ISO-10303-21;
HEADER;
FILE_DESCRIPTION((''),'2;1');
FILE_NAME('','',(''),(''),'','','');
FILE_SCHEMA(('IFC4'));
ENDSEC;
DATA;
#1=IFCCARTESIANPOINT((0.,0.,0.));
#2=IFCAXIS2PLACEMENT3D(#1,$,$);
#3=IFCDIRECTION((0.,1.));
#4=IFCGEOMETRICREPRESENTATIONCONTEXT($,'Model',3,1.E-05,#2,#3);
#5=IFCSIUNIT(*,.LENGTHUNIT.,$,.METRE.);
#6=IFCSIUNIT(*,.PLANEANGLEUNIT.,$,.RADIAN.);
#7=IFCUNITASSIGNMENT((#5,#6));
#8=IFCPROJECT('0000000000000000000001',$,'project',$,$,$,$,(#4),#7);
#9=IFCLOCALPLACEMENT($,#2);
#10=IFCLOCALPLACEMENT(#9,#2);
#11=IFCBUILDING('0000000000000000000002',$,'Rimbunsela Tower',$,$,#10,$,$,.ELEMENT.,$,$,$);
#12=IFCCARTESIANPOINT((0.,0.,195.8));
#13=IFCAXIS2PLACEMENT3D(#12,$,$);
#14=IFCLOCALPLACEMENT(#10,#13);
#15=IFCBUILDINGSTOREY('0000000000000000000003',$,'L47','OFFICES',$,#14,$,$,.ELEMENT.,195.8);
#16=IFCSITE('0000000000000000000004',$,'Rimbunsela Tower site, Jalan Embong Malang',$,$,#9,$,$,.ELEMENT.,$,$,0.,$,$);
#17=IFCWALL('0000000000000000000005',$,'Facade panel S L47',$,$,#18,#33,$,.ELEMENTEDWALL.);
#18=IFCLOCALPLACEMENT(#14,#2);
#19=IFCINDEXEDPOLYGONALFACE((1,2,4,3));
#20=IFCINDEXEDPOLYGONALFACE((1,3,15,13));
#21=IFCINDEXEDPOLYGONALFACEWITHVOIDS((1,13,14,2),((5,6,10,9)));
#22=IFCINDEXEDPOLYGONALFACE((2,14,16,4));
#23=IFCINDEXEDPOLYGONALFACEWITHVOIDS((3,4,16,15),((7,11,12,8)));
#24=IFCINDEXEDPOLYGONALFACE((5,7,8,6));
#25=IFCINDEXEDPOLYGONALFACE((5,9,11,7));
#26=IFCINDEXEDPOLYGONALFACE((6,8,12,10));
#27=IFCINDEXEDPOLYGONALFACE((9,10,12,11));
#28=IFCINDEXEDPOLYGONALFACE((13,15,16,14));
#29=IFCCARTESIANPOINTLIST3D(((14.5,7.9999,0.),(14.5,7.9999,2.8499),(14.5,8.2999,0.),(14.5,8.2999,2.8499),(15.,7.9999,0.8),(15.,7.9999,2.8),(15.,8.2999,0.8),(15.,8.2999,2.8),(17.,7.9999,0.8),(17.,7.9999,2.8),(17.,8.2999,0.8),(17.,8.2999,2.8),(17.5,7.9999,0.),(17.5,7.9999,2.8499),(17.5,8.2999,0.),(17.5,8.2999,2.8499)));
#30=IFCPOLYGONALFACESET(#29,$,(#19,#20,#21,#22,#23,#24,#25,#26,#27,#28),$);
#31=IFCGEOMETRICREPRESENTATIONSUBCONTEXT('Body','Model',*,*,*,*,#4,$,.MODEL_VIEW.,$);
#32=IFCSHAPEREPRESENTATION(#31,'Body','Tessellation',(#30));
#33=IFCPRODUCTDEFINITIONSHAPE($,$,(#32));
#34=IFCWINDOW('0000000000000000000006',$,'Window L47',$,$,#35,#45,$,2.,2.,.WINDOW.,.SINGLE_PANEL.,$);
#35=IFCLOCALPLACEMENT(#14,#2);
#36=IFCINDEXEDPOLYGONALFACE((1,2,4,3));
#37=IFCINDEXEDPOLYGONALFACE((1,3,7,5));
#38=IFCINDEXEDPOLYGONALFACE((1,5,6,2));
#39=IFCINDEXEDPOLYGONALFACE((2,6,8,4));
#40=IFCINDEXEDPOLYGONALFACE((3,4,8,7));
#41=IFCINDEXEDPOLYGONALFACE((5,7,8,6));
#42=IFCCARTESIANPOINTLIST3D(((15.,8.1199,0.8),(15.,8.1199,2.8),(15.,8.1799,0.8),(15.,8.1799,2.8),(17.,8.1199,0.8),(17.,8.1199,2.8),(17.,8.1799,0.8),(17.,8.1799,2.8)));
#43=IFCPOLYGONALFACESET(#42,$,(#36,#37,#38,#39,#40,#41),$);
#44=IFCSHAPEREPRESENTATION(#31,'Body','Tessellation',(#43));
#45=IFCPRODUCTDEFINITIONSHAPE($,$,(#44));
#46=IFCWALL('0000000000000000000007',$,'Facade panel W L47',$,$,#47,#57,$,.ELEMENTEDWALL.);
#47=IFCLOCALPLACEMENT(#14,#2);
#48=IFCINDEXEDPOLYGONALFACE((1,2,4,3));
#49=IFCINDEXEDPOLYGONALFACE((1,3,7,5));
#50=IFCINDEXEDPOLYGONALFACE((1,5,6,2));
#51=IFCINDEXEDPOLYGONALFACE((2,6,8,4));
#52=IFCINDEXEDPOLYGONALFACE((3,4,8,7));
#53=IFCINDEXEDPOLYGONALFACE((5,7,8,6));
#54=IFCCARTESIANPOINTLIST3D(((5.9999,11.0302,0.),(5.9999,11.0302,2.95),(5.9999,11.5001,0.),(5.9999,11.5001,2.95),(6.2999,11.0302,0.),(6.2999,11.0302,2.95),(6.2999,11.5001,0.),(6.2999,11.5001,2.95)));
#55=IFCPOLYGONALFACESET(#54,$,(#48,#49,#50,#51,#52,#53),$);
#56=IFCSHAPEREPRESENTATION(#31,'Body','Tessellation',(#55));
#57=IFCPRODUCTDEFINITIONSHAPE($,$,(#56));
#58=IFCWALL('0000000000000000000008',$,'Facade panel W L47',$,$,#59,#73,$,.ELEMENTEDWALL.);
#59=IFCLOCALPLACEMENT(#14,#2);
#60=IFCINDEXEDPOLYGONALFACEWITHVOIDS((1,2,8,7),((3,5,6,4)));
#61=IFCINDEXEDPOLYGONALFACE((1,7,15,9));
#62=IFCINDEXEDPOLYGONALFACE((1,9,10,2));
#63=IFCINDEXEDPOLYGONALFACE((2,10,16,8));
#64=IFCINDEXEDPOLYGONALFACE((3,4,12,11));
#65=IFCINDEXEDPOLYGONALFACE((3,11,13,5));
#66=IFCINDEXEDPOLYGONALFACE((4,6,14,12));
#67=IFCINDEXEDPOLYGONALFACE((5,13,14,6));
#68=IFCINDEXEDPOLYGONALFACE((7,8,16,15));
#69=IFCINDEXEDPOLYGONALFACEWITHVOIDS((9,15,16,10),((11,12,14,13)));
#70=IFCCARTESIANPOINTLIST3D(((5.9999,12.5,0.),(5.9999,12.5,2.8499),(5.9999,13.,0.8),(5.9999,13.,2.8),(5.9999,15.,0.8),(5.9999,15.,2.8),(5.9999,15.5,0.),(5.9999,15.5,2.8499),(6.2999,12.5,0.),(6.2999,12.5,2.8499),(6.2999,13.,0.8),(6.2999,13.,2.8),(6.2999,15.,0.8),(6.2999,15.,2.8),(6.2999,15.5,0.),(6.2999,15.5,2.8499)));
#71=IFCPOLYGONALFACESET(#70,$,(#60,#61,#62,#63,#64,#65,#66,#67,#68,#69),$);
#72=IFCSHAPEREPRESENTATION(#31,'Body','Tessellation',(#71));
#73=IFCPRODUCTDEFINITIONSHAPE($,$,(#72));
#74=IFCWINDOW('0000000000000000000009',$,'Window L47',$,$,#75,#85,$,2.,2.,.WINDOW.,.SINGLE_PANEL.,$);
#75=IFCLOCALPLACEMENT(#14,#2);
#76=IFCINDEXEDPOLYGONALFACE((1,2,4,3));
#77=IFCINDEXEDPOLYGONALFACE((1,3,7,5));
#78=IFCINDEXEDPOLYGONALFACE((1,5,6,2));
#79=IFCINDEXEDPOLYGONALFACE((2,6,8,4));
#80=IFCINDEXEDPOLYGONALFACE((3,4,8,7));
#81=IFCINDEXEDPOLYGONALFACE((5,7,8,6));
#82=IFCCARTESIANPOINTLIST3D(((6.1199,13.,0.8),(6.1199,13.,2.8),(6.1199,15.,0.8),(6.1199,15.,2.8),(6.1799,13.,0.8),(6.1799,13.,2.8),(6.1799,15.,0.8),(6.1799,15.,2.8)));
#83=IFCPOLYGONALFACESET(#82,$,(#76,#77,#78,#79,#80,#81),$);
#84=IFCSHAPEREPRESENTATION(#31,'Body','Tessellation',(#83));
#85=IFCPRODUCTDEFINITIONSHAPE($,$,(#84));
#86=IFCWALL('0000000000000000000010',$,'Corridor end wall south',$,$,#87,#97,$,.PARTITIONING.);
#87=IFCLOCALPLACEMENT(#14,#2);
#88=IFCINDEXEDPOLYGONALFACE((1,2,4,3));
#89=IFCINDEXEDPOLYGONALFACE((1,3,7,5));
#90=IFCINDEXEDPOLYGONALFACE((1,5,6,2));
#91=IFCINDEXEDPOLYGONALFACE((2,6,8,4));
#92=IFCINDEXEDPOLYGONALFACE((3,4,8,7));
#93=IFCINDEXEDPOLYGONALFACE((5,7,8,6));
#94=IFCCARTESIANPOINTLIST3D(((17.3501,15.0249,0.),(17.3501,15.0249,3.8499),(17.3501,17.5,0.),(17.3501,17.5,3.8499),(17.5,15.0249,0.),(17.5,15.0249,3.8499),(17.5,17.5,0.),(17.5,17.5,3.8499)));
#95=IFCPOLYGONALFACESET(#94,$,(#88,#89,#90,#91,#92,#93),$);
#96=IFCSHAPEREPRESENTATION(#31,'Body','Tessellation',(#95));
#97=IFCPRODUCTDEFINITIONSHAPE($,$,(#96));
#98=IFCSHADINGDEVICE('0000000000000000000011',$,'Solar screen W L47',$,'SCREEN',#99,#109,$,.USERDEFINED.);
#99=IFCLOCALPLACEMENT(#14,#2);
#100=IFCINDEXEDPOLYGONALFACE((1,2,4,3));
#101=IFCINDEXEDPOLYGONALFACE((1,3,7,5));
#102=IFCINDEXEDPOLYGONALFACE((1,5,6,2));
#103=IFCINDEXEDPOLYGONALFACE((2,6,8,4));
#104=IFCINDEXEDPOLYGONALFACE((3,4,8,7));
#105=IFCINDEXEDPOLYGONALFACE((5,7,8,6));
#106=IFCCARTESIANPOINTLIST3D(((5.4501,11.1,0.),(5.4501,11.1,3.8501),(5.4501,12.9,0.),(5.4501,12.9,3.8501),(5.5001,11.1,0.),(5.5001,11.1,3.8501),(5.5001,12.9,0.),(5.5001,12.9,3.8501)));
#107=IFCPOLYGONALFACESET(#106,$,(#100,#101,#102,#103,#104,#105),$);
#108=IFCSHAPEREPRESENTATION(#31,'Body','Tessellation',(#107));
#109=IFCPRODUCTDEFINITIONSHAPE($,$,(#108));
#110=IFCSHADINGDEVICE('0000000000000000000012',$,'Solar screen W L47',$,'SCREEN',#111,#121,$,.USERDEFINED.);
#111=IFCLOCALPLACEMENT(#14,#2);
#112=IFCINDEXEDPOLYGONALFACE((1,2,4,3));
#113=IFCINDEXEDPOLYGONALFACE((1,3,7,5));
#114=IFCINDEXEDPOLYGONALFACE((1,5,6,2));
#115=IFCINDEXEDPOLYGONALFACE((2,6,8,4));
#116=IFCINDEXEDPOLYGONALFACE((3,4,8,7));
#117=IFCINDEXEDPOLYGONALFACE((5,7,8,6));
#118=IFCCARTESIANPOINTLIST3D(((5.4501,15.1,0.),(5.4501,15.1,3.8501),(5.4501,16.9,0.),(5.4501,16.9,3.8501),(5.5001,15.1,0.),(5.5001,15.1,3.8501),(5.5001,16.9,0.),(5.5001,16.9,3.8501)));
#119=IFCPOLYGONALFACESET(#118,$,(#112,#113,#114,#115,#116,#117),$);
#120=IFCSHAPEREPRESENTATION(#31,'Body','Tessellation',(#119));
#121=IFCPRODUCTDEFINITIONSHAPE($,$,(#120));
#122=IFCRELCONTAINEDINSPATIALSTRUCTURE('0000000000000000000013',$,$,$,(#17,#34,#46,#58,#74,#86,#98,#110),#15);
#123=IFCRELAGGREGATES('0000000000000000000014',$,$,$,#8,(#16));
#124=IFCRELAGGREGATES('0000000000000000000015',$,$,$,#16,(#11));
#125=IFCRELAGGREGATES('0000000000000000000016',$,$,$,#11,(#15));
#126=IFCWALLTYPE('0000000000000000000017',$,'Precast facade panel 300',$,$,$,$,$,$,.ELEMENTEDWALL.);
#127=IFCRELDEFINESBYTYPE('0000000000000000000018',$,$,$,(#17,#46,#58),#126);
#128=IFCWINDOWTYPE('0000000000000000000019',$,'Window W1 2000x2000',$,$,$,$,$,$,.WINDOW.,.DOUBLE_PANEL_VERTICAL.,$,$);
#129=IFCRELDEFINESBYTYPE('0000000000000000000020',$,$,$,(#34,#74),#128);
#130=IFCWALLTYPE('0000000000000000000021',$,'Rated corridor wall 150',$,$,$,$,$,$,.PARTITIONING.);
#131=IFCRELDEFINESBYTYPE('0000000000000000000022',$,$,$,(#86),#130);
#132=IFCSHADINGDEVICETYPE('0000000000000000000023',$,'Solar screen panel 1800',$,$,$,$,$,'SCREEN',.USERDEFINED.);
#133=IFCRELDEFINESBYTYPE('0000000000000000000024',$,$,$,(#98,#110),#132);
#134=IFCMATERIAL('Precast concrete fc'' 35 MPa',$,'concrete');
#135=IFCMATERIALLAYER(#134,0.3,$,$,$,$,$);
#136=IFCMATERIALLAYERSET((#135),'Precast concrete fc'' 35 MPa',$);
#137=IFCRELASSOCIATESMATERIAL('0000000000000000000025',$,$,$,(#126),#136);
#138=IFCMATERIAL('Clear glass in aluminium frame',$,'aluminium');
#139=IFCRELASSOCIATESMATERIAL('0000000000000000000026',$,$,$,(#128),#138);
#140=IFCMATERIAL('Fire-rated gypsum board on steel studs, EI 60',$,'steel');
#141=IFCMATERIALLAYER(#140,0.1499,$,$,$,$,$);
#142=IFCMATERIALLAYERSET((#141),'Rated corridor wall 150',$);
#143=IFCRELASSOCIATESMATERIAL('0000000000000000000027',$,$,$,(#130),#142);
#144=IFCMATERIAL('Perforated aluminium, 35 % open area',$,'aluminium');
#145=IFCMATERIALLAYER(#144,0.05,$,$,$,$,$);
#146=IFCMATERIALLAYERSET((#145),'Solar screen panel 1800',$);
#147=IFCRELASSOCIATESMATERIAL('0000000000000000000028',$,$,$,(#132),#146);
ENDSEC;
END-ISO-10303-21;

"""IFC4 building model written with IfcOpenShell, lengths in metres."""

from ifc_helpers import new_model, si_unit, direction, frame, frame_2d, origin, origin_2d, place, context, subcontext, project, spatial, rectangle, extrude, material, layer, layer_set, type_object, element, fill, save


model = new_model("IFC4")

# Units and contexts
model_context = context("Model", 3, precision=1e-05, world=origin(), true_north=direction((0.0, 1.0)))
body_context = subcontext(model_context, "Body", "Model", "MODEL_VIEW")
ifc_project = project(units=[si_unit("LENGTHUNIT", "METRE"), si_unit("PLANEANGLEUNIT", "RADIAN")], contexts=[model_context])

# Site, building, storey
site_placement = place(None, origin())
site = spatial("IfcSite", under=ifc_project, at=site_placement, Name="Rimbunsela Tower site, Jalan Embong Malang", CompositionType="ELEMENT", RefElevation=0.0)
building_placement = place(site_placement, origin())
building = spatial("IfcBuilding", under=site, at=building_placement, Name="Rimbunsela Tower", CompositionType="ELEMENT")
storey_placement = place(building_placement, frame((0.0, 0.0, 195.8)))
storey = spatial("IfcBuildingStorey", under=building, at=storey_placement, Name="L47", Description="OFFICES", CompositionType="ELEMENT", Elevation=195.8)

# Shared definitions
ifc_material_1 = material(Name="Precast concrete fc' 35 MPa", Category="concrete")
ifc_layer_1 = layer(ifc_material_1, 0.3)
ifc_layer_set_1 = layer_set([ifc_layer_1], Name="Precast concrete fc' 35 MPa")
wall_type_1 = type_object("IfcWallType", Name="Precast facade panel 300", PredefinedType="ELEMENTEDWALL", material=ifc_layer_set_1)

# Wall, opening, window
ifc_material_2 = material(Name="Clear glass in aluminium frame", Category="aluminium")
window_type = type_object("IfcWindowType", Name="Window W1 2000x2000", PartitioningType="DOUBLE_PANEL_VERTICAL", PredefinedType="WINDOW", material=ifc_material_2)
wall_1_placement = place(storey_placement, frame((14.5, 8.1499, 0.0), z_axis=(0.0, 0.0, 1.0), x_axis=(1.0, 0.0, 0.0)))
wall_1 = element("IfcWall", 1, at=wall_1_placement, inside=storey, type_object=wall_type_1, Name="Facade panel S L47", PredefinedType="ELEMENTEDWALL", context=body_context, shape_type="SweptSolid", body=[
    extrude(rectangle(XDim=3.0, YDim=0.3, at=frame_2d((1.5, 0.0))), origin(), (0.0, 0.0, 1.0), 2.8499),
])
opening_1_placement = place(wall_1_placement, frame((0.5, 0.0, 0.8)))
opening_1 = element("IfcOpeningElement", 2, at=opening_1_placement, cuts=wall_1, PredefinedType="OPENING", context=body_context, shape_type="SweptSolid", body=[
    extrude(rectangle(XDim=2.0, YDim=2.0, at=frame_2d((1.0, 1.0))), frame((0.0, 0.1599, 0.0), z_axis=(0.0, -1.0, 0.0), x_axis=(1.0, 0.0, 0.0)), (0.0, 0.0, 1.0), 0.3201),
])
window_1_placement = place(opening_1_placement, origin())
window_1 = element("IfcWindow", 3, at=window_1_placement, inside=storey, type_object=window_type, Name="Window L47", OverallHeight=2.0, OverallWidth=2.0, PartitioningType="SINGLE_PANEL", PredefinedType="WINDOW", context=body_context, shape_type="SweptSolid", body=[
    extrude(rectangle(XDim=2.0, YDim=2.0, at=frame_2d((1.0, 1.0))), frame((0.0, 0.03, 0.0), z_axis=(0.0, -1.0, 0.0), x_axis=(1.0, 0.0, 0.0)), (0.0, 0.0, 1.0), 0.0601),
])
fill(opening_1, window_1)

# Wall
wall_2_placement = place(storey_placement, frame((6.1499, 11.5, 0.0), z_axis=(0.0, 0.0, 1.0), x_axis=(0.0, -1.0, 0.0)))
element("IfcWall", 4, at=wall_2_placement, inside=storey, type_object=wall_type_1, Name="Facade panel W L47", PredefinedType="ELEMENTEDWALL", context=body_context, shape_type="SweptSolid", body=[
    extrude(rectangle(XDim=0.47, YDim=0.3, at=frame_2d((0.2349, 0.0))), origin(), (0.0, 0.0, 1.0), 2.95),
])

# Wall, opening, window
wall_3_placement = place(storey_placement, frame((6.1499, 15.5, 0.0), z_axis=(0.0, 0.0, 1.0), x_axis=(0.0, -1.0, 0.0)))
wall_3 = element("IfcWall", 5, at=wall_3_placement, inside=storey, type_object=wall_type_1, Name="Facade panel W L47", PredefinedType="ELEMENTEDWALL", context=body_context, shape_type="SweptSolid", body=[
    extrude(rectangle(XDim=3.0, YDim=0.3, at=frame_2d((1.5, 0.0))), origin(), (0.0, 0.0, 1.0), 2.8499),
])
opening_2_placement = place(wall_3_placement, frame((0.5, 0.0, 0.8)))
opening_2 = element("IfcOpeningElement", 6, at=opening_2_placement, cuts=wall_3, PredefinedType="OPENING", context=body_context, shape_type="SweptSolid", body=[
    extrude(rectangle(XDim=2.0, YDim=2.0, at=frame_2d((1.0, 1.0))), frame((0.0, 0.1599, 0.0), z_axis=(0.0, -1.0, 0.0), x_axis=(1.0, 0.0, 0.0)), (0.0, 0.0, 1.0), 0.3201),
])
window_2_placement = place(opening_2_placement, origin())
window_2 = element("IfcWindow", 7, at=window_2_placement, inside=storey, type_object=window_type, Name="Window L47", OverallHeight=2.0, OverallWidth=2.0, PartitioningType="SINGLE_PANEL", PredefinedType="WINDOW", context=body_context, shape_type="SweptSolid", body=[
    extrude(rectangle(XDim=2.0, YDim=2.0, at=frame_2d((1.0, 1.0))), frame((0.0, 0.03, 0.0), z_axis=(0.0, -1.0, 0.0), x_axis=(1.0, 0.0, 0.0)), (0.0, 0.0, 1.0), 0.0601),
])
fill(opening_2, window_2)

# Wall
ifc_material_3 = material(Name="Fire-rated gypsum board on steel studs, EI 60", Category="steel")
ifc_layer_2 = layer(ifc_material_3, 0.1499)
ifc_layer_set_2 = layer_set([ifc_layer_2], Name="Rated corridor wall 150")
wall_type_2 = type_object("IfcWallType", Name="Rated corridor wall 150", PredefinedType="PARTITIONING", material=ifc_layer_set_2)
wall_4_placement = place(storey_placement, frame((17.425, 15.0249, 0.0), z_axis=(0.0, 0.0, 1.0), x_axis=(0.0, 1.0, 0.0)))
element("IfcWall", 8, at=wall_4_placement, inside=storey, type_object=wall_type_2, Name="Corridor end wall south", PredefinedType="PARTITIONING", context=body_context, shape_type="SweptSolid", body=[
    extrude(rectangle(XDim=2.4751, YDim=0.1499, at=frame_2d((1.2375, 0.0))), origin(), (0.0, 0.0, 1.0), 3.8499),
])

# Shading devices
ifc_material_4 = material(Name="Perforated aluminium, 35 % open area", Category="aluminium")
ifc_layer_3 = layer(ifc_material_4, 0.05)
ifc_layer_set_3 = layer_set([ifc_layer_3], Name="Solar screen panel 1800")
shading_device_type = type_object("IfcShadingDeviceType", Name="Solar screen panel 1800", ElementType="SCREEN", PredefinedType="USERDEFINED", material=ifc_layer_set_3)
for number, where, z_axis, x_axis, name in (
    (9, (5.4751, 12.0, 0.0), (0.0, 0.0, 1.0), (0.0, 1.0, 0.0), "Solar screen W L47"),
    (10, (5.4751, 16.0, 0.0), (0.0, 0.0, 1.0), (0.0, 1.0, 0.0), "Solar screen W L47"),
):
    element("IfcShadingDevice", number, at=place(storey_placement, frame(where, z_axis=z_axis, x_axis=x_axis)), inside=storey, type_object=shading_device_type, Name=name, ObjectType="SCREEN", PredefinedType="USERDEFINED", context=body_context, shape_type="SweptSolid", body=[
        extrude(rectangle(XDim=1.8, YDim=0.05, at=origin_2d()), origin(), (0.0, 0.0, 1.0), 3.8501),
    ])

save(model, "model.ifc")
